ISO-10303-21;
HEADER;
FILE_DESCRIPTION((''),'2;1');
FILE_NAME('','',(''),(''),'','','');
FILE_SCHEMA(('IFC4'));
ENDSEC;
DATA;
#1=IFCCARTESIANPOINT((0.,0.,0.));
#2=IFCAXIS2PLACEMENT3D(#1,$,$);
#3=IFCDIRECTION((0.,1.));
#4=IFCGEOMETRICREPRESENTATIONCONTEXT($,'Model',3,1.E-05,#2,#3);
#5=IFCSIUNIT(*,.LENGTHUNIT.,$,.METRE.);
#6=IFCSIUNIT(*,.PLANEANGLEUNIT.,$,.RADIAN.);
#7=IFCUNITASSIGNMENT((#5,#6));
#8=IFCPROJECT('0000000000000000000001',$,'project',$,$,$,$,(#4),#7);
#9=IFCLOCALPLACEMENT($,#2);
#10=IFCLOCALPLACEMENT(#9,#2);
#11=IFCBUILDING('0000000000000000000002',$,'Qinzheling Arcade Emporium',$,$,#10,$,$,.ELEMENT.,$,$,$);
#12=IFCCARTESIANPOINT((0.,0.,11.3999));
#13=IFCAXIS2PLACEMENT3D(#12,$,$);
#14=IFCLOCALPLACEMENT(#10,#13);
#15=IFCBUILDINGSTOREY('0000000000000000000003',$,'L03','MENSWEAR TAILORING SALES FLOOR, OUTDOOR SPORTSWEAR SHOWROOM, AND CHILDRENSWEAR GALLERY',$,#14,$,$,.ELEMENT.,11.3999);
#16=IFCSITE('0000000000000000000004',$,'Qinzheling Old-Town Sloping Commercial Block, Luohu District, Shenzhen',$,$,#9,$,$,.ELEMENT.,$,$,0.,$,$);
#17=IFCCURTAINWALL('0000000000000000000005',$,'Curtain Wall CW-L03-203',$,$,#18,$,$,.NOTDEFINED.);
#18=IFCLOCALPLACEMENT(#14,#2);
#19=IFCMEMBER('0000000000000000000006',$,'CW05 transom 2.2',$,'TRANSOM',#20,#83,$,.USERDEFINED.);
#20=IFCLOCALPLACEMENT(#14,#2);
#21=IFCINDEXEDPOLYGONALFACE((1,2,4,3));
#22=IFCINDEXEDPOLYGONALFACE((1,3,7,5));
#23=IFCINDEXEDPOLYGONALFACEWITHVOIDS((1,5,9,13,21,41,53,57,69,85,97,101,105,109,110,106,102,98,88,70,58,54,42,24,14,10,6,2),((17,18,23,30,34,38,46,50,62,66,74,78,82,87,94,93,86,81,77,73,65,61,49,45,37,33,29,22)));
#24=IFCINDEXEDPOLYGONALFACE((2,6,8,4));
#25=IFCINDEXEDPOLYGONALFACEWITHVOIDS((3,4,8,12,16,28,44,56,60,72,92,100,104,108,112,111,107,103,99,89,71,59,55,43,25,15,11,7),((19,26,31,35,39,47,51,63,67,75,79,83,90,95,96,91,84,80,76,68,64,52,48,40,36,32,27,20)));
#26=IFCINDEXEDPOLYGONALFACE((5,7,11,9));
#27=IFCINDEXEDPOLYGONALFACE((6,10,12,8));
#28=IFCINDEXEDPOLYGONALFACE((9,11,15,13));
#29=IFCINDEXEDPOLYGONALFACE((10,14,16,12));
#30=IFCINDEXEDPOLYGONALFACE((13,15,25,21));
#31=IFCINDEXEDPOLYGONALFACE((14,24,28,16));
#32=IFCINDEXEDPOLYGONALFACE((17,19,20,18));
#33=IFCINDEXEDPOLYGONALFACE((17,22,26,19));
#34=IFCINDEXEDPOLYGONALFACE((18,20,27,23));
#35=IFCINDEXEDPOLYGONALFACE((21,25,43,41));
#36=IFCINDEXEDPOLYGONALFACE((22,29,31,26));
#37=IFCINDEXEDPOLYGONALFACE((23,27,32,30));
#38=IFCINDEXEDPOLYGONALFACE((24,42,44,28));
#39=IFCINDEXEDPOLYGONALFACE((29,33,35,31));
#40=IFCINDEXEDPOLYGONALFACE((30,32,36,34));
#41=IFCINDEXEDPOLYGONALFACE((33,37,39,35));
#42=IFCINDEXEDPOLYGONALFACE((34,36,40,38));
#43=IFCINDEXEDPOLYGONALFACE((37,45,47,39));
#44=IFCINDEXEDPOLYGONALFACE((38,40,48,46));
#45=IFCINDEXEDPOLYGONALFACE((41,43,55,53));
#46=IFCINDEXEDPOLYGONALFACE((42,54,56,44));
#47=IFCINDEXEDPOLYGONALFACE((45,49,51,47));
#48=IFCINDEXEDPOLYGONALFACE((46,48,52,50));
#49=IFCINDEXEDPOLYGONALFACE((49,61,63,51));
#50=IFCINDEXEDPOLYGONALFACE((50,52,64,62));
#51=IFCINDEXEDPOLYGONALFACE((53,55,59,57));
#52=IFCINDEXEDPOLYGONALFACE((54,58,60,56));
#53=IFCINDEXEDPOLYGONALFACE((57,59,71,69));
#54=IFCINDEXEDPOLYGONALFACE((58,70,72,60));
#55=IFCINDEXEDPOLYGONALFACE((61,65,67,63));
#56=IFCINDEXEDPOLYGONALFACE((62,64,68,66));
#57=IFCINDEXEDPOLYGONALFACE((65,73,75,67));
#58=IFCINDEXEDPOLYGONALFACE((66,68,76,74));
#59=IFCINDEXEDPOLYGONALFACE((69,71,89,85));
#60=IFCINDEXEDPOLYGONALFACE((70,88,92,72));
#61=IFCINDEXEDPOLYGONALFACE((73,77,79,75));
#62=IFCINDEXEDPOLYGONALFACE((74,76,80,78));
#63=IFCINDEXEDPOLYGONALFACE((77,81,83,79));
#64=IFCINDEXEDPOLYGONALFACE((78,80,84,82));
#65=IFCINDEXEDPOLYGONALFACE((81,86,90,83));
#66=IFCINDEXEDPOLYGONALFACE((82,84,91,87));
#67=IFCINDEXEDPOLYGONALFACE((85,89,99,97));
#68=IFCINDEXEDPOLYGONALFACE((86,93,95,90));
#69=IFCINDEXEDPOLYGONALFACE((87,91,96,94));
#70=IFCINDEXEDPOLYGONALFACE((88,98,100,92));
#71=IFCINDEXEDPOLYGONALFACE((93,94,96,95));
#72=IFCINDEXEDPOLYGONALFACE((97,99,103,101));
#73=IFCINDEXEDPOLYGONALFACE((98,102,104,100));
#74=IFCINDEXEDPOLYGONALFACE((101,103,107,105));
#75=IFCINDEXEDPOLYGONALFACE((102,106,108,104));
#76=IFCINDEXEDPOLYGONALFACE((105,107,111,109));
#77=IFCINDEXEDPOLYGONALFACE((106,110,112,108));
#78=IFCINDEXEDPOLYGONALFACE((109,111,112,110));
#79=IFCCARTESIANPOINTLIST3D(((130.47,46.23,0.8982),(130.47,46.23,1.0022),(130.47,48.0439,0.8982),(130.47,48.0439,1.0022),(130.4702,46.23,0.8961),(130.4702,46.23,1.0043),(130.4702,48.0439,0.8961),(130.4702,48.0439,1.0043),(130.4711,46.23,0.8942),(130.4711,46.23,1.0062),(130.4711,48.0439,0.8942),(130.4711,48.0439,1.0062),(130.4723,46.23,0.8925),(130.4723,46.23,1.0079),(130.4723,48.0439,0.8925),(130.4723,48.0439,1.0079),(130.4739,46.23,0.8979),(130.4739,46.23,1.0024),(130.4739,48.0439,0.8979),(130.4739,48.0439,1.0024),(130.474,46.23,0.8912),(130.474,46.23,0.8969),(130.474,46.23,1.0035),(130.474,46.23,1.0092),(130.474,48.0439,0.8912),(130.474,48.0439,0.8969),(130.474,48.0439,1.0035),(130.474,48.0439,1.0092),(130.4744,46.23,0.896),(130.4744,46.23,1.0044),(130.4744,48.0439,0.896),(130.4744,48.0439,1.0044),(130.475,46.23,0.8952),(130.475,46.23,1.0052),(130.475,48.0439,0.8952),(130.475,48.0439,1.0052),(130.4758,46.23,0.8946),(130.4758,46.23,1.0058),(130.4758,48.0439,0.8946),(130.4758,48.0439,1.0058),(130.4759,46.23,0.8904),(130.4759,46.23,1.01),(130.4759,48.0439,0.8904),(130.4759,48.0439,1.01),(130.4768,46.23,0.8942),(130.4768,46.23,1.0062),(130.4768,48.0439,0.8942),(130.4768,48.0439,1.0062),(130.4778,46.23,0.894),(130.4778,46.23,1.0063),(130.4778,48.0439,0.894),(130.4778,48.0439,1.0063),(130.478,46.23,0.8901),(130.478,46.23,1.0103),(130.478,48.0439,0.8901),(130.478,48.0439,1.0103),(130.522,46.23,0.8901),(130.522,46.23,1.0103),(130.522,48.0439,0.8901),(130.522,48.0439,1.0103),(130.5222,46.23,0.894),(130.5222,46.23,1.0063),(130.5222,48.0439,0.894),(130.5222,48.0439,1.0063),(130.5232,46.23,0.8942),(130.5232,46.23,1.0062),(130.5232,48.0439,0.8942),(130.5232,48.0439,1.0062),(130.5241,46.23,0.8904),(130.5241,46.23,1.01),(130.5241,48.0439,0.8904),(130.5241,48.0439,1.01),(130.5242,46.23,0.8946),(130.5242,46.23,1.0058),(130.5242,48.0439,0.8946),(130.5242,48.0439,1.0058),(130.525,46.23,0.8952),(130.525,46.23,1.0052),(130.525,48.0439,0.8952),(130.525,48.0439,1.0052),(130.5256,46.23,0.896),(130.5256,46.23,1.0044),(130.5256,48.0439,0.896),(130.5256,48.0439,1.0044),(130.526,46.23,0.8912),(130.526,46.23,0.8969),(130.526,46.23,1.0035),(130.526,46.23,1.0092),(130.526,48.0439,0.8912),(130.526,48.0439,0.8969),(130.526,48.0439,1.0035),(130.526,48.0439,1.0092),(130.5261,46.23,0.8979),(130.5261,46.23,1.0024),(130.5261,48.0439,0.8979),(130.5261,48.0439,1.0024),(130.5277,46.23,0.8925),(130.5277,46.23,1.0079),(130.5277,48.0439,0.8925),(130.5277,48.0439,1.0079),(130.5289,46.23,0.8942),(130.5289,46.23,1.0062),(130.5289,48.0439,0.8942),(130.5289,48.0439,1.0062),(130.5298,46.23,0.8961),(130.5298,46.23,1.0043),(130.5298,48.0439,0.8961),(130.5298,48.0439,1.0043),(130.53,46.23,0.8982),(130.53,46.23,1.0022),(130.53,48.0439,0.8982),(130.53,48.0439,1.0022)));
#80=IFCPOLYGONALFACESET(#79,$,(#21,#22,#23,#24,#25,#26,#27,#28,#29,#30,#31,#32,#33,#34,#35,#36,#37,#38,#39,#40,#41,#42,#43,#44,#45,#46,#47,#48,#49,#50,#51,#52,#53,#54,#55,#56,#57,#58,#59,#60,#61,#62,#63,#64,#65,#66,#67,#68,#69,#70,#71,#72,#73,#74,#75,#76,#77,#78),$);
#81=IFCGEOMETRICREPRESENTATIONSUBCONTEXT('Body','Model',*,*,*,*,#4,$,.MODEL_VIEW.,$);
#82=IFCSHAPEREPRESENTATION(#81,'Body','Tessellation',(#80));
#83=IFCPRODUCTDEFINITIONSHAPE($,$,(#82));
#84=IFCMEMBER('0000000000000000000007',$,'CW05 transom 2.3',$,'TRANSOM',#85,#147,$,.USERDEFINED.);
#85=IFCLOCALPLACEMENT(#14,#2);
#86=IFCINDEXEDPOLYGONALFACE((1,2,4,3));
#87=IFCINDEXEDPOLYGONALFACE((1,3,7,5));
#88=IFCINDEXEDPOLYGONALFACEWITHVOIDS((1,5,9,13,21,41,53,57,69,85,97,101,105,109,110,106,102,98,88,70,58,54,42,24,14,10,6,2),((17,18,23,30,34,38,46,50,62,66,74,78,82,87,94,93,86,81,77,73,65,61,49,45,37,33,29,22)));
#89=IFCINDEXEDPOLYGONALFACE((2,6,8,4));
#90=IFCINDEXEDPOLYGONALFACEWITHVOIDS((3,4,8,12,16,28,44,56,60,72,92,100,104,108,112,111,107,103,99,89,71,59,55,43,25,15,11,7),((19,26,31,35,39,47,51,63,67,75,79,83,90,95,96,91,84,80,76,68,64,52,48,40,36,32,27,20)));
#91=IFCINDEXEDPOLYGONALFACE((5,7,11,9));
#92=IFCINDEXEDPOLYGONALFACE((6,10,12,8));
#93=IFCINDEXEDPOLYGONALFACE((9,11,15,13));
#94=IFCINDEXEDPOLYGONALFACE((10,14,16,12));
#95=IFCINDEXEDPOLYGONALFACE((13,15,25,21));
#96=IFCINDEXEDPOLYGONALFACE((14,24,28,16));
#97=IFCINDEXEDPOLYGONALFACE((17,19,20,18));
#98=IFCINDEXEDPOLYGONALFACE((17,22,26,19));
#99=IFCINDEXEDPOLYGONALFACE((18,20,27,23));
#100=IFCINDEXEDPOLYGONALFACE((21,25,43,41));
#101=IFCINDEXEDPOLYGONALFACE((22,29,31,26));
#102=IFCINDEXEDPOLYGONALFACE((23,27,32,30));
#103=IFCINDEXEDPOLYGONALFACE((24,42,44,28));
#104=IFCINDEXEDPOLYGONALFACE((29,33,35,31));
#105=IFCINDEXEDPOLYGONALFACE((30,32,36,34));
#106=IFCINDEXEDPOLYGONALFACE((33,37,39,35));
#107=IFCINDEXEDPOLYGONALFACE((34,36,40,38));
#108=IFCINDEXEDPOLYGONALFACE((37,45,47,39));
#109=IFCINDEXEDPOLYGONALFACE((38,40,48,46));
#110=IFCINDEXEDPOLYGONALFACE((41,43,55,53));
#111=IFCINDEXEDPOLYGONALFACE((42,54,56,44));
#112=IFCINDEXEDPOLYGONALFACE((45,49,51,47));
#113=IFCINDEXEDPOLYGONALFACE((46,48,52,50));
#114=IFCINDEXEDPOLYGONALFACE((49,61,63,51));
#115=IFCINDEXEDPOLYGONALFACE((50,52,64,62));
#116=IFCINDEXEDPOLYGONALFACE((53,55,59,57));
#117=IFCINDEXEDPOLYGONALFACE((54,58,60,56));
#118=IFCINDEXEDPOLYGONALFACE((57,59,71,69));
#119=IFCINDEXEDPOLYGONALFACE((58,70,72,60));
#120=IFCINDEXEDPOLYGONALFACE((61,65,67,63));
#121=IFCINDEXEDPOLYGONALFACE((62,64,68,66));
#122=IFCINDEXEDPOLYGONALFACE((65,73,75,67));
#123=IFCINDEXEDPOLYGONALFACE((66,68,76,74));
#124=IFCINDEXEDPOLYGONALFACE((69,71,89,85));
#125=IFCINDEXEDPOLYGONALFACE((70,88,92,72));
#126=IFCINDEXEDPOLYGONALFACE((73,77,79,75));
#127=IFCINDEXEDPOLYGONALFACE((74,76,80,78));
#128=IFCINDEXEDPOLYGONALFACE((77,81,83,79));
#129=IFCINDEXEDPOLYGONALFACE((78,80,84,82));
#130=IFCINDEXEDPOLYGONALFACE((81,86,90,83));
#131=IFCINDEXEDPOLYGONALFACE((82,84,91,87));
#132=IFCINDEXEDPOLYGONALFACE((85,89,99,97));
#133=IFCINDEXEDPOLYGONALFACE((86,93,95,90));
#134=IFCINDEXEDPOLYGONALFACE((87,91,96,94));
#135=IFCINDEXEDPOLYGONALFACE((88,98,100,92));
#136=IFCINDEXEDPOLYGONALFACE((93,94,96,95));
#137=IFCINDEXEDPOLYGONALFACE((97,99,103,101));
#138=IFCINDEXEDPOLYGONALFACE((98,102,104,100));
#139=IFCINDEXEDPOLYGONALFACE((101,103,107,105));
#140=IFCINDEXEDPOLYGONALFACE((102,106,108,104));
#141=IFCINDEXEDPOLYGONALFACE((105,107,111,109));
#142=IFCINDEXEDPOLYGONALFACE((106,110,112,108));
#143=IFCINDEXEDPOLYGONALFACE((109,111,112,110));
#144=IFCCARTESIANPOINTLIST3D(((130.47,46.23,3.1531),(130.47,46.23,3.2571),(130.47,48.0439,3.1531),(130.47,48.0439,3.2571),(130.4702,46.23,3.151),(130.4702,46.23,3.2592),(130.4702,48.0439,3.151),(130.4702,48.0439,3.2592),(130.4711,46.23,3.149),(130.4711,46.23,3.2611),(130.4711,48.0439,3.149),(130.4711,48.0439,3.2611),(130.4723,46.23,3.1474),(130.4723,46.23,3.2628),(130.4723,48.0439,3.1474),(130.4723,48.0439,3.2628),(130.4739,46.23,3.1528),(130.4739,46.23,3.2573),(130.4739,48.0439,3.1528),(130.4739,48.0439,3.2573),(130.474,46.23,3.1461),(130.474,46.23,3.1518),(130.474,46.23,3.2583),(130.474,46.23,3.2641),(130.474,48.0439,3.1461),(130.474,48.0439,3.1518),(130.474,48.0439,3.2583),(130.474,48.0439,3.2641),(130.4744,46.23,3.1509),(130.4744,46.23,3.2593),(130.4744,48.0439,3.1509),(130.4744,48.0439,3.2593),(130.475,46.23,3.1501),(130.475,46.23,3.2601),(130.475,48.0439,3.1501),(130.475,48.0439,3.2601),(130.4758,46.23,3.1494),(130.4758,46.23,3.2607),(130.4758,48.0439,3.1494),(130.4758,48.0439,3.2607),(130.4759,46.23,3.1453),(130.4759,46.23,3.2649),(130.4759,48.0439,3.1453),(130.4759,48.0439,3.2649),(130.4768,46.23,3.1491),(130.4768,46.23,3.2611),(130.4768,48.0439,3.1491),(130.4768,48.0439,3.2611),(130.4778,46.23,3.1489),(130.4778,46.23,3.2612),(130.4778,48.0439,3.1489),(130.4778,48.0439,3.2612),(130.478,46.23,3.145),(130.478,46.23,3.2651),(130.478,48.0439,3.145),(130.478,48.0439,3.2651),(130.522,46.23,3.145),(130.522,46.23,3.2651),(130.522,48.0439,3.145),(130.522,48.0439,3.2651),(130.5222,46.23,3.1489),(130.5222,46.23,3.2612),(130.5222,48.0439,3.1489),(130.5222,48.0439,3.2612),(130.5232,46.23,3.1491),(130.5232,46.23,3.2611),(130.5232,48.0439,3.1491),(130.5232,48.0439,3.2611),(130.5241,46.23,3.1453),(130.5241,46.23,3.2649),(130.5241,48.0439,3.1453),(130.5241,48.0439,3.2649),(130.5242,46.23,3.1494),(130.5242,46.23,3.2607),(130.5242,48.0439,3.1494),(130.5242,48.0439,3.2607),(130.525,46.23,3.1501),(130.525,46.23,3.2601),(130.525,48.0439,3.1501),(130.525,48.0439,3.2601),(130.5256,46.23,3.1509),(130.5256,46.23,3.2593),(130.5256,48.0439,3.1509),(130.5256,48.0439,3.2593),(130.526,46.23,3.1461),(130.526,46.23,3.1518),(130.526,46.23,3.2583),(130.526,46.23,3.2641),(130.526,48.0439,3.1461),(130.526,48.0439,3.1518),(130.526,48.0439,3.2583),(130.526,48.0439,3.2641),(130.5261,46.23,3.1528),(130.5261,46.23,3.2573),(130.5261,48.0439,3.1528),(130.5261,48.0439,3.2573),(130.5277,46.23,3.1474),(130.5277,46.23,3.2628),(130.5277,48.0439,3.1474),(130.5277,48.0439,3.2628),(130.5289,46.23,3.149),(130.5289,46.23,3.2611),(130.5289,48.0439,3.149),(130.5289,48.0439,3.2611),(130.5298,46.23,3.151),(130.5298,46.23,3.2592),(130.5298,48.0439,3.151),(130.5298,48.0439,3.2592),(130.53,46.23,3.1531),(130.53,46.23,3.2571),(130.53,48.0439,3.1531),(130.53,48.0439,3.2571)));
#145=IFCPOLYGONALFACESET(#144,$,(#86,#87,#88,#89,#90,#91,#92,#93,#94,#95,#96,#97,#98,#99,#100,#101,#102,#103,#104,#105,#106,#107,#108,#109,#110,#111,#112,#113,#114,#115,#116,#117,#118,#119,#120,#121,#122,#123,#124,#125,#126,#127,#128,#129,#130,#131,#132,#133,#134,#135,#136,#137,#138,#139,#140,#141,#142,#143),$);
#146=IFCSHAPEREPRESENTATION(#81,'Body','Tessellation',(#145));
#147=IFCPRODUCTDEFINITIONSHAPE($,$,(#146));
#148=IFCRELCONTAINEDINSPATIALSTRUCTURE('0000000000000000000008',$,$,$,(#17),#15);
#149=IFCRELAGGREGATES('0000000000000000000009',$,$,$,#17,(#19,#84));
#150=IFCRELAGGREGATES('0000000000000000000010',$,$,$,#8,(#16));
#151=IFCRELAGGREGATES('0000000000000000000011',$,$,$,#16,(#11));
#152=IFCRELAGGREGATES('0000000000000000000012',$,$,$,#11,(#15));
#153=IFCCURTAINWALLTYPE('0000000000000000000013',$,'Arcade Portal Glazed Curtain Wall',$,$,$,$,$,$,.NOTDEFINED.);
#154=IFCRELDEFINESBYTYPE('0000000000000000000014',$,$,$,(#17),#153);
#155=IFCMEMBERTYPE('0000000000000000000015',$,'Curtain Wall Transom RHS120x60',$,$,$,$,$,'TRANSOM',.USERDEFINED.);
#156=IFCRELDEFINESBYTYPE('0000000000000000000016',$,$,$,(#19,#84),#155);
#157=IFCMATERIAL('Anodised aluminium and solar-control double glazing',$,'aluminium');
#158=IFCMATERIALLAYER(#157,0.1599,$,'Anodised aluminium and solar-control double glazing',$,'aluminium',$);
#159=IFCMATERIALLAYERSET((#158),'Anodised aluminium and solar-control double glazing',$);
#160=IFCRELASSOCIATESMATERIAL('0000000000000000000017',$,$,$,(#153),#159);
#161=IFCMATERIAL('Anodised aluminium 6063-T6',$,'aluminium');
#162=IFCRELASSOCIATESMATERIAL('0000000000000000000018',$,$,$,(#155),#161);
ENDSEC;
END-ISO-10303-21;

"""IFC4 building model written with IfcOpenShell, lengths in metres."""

from ifc_helpers import new_model, si_unit, direction, frame, origin, origin_2d, place, context, subcontext, project, spatial, hollow_rectangle, extrude, material, layer, layer_set, material_profile, profile_set, type_object, element, aggregate, save


model = new_model("IFC4")

# Units and contexts
model_context = context("Model", 3, precision=1e-05, world=origin(), true_north=direction((0.0, 1.0)))
body_context = subcontext(model_context, "Body", "Model", "MODEL_VIEW")
ifc_project = project(units=[si_unit("LENGTHUNIT", "METRE"), si_unit("PLANEANGLEUNIT", "RADIAN")], contexts=[model_context])

# Site, building, storey
site_placement = place(None, origin())
site = spatial("IfcSite", under=ifc_project, at=site_placement, Name="Qinzheling Old-Town Sloping Commercial Block, Luohu District, Shenzhen", CompositionType="ELEMENT", RefElevation=0.0)
building_placement = place(site_placement, origin())
building = spatial("IfcBuilding", under=site, at=building_placement, Name="Qinzheling Arcade Emporium", CompositionType="ELEMENT")
storey_placement = place(building_placement, frame((0.0, 0.0, 11.3999)))
storey = spatial("IfcBuildingStorey", under=building, at=storey_placement, Name="L03", Description="MENSWEAR TAILORING SALES FLOOR, OUTDOOR SPORTSWEAR SHOWROOM, AND CHILDRENSWEAR GALLERY", CompositionType="ELEMENT", Elevation=11.3999)

# Curtain wall, members
ifc_material_1 = material(Name="Anodised aluminium and solar-control double glazing", Category="aluminium")
ifc_layer_1 = layer(ifc_material_1, 0.1599, Name="Anodised aluminium and solar-control double glazing", Category="aluminium")
ifc_layer_set_1 = layer_set([ifc_layer_1], Name="Anodised aluminium and solar-control double glazing")
curtain_wall_type = type_object("IfcCurtainWallType", Name="Arcade Portal Glazed Curtain Wall", PredefinedType="NOTDEFINED", material=ifc_layer_set_1)
curtain_wall_placement = place(storey_placement, origin())
curtain_wall = element("IfcCurtainWall", 1, at=curtain_wall_placement, inside=storey, type_object=curtain_wall_type, Name="Curtain Wall CW-L03-203", PredefinedType="NOTDEFINED")
ifc_material_2 = material(Name="Anodised aluminium 6063-T6", Category="aluminium")
ifc_material_profile_1 = material_profile(ifc_material_2, hollow_rectangle(XDim=0.0601, YDim=0.1201, WallThickness=0.0039, InnerFilletRadius=0.0039, OuterFilletRadius=0.0081, at=origin_2d()), Name="RHS 120x60x4", Category="aluminium")
ifc_profile_set_1 = profile_set([ifc_material_profile_1], Name="Anodised aluminium 6063-T6")
member_type_1 = type_object("IfcMemberType", Name="Curtain Wall Transom RHS120x60", ElementType="TRANSOM", PredefinedType="USERDEFINED", material=ifc_profile_set_1)
member_1_placement = place(storey_placement, frame((130.5, 48.0439, 0.9502), z_axis=(0.0, -1.0, 0.0), x_axis=(1.0, 0.0, 0.0)))
member_1 = element("IfcMember", 2, at=member_1_placement, type_object=member_type_1, Name="CW05 transom 2.2", ObjectType="TRANSOM", PredefinedType="USERDEFINED", context=body_context, shape_type="SweptSolid", body=[
    extrude(hollow_rectangle(XDim=0.0601, YDim=0.1201, WallThickness=0.0039, InnerFilletRadius=0.0039, OuterFilletRadius=0.0081, at=origin_2d()), origin(), (0.0, 0.0, 1.0), 1.814),
])
member_2_placement = place(storey_placement, frame((130.5, 48.0439, 3.2051), z_axis=(0.0, -1.0, 0.0), x_axis=(1.0, 0.0, 0.0)))
member_2 = element("IfcMember", 3, at=member_2_placement, type_object=member_type_1, Name="CW05 transom 2.3", ObjectType="TRANSOM", PredefinedType="USERDEFINED", context=body_context, shape_type="SweptSolid", body=[
    extrude(hollow_rectangle(XDim=0.0601, YDim=0.1201, WallThickness=0.0039, InnerFilletRadius=0.0039, OuterFilletRadius=0.0081, at=origin_2d()), origin(), (0.0, 0.0, 1.0), 1.814),
])
aggregate(curtain_wall, [member_1, member_2])

save(model, "model.ifc")
